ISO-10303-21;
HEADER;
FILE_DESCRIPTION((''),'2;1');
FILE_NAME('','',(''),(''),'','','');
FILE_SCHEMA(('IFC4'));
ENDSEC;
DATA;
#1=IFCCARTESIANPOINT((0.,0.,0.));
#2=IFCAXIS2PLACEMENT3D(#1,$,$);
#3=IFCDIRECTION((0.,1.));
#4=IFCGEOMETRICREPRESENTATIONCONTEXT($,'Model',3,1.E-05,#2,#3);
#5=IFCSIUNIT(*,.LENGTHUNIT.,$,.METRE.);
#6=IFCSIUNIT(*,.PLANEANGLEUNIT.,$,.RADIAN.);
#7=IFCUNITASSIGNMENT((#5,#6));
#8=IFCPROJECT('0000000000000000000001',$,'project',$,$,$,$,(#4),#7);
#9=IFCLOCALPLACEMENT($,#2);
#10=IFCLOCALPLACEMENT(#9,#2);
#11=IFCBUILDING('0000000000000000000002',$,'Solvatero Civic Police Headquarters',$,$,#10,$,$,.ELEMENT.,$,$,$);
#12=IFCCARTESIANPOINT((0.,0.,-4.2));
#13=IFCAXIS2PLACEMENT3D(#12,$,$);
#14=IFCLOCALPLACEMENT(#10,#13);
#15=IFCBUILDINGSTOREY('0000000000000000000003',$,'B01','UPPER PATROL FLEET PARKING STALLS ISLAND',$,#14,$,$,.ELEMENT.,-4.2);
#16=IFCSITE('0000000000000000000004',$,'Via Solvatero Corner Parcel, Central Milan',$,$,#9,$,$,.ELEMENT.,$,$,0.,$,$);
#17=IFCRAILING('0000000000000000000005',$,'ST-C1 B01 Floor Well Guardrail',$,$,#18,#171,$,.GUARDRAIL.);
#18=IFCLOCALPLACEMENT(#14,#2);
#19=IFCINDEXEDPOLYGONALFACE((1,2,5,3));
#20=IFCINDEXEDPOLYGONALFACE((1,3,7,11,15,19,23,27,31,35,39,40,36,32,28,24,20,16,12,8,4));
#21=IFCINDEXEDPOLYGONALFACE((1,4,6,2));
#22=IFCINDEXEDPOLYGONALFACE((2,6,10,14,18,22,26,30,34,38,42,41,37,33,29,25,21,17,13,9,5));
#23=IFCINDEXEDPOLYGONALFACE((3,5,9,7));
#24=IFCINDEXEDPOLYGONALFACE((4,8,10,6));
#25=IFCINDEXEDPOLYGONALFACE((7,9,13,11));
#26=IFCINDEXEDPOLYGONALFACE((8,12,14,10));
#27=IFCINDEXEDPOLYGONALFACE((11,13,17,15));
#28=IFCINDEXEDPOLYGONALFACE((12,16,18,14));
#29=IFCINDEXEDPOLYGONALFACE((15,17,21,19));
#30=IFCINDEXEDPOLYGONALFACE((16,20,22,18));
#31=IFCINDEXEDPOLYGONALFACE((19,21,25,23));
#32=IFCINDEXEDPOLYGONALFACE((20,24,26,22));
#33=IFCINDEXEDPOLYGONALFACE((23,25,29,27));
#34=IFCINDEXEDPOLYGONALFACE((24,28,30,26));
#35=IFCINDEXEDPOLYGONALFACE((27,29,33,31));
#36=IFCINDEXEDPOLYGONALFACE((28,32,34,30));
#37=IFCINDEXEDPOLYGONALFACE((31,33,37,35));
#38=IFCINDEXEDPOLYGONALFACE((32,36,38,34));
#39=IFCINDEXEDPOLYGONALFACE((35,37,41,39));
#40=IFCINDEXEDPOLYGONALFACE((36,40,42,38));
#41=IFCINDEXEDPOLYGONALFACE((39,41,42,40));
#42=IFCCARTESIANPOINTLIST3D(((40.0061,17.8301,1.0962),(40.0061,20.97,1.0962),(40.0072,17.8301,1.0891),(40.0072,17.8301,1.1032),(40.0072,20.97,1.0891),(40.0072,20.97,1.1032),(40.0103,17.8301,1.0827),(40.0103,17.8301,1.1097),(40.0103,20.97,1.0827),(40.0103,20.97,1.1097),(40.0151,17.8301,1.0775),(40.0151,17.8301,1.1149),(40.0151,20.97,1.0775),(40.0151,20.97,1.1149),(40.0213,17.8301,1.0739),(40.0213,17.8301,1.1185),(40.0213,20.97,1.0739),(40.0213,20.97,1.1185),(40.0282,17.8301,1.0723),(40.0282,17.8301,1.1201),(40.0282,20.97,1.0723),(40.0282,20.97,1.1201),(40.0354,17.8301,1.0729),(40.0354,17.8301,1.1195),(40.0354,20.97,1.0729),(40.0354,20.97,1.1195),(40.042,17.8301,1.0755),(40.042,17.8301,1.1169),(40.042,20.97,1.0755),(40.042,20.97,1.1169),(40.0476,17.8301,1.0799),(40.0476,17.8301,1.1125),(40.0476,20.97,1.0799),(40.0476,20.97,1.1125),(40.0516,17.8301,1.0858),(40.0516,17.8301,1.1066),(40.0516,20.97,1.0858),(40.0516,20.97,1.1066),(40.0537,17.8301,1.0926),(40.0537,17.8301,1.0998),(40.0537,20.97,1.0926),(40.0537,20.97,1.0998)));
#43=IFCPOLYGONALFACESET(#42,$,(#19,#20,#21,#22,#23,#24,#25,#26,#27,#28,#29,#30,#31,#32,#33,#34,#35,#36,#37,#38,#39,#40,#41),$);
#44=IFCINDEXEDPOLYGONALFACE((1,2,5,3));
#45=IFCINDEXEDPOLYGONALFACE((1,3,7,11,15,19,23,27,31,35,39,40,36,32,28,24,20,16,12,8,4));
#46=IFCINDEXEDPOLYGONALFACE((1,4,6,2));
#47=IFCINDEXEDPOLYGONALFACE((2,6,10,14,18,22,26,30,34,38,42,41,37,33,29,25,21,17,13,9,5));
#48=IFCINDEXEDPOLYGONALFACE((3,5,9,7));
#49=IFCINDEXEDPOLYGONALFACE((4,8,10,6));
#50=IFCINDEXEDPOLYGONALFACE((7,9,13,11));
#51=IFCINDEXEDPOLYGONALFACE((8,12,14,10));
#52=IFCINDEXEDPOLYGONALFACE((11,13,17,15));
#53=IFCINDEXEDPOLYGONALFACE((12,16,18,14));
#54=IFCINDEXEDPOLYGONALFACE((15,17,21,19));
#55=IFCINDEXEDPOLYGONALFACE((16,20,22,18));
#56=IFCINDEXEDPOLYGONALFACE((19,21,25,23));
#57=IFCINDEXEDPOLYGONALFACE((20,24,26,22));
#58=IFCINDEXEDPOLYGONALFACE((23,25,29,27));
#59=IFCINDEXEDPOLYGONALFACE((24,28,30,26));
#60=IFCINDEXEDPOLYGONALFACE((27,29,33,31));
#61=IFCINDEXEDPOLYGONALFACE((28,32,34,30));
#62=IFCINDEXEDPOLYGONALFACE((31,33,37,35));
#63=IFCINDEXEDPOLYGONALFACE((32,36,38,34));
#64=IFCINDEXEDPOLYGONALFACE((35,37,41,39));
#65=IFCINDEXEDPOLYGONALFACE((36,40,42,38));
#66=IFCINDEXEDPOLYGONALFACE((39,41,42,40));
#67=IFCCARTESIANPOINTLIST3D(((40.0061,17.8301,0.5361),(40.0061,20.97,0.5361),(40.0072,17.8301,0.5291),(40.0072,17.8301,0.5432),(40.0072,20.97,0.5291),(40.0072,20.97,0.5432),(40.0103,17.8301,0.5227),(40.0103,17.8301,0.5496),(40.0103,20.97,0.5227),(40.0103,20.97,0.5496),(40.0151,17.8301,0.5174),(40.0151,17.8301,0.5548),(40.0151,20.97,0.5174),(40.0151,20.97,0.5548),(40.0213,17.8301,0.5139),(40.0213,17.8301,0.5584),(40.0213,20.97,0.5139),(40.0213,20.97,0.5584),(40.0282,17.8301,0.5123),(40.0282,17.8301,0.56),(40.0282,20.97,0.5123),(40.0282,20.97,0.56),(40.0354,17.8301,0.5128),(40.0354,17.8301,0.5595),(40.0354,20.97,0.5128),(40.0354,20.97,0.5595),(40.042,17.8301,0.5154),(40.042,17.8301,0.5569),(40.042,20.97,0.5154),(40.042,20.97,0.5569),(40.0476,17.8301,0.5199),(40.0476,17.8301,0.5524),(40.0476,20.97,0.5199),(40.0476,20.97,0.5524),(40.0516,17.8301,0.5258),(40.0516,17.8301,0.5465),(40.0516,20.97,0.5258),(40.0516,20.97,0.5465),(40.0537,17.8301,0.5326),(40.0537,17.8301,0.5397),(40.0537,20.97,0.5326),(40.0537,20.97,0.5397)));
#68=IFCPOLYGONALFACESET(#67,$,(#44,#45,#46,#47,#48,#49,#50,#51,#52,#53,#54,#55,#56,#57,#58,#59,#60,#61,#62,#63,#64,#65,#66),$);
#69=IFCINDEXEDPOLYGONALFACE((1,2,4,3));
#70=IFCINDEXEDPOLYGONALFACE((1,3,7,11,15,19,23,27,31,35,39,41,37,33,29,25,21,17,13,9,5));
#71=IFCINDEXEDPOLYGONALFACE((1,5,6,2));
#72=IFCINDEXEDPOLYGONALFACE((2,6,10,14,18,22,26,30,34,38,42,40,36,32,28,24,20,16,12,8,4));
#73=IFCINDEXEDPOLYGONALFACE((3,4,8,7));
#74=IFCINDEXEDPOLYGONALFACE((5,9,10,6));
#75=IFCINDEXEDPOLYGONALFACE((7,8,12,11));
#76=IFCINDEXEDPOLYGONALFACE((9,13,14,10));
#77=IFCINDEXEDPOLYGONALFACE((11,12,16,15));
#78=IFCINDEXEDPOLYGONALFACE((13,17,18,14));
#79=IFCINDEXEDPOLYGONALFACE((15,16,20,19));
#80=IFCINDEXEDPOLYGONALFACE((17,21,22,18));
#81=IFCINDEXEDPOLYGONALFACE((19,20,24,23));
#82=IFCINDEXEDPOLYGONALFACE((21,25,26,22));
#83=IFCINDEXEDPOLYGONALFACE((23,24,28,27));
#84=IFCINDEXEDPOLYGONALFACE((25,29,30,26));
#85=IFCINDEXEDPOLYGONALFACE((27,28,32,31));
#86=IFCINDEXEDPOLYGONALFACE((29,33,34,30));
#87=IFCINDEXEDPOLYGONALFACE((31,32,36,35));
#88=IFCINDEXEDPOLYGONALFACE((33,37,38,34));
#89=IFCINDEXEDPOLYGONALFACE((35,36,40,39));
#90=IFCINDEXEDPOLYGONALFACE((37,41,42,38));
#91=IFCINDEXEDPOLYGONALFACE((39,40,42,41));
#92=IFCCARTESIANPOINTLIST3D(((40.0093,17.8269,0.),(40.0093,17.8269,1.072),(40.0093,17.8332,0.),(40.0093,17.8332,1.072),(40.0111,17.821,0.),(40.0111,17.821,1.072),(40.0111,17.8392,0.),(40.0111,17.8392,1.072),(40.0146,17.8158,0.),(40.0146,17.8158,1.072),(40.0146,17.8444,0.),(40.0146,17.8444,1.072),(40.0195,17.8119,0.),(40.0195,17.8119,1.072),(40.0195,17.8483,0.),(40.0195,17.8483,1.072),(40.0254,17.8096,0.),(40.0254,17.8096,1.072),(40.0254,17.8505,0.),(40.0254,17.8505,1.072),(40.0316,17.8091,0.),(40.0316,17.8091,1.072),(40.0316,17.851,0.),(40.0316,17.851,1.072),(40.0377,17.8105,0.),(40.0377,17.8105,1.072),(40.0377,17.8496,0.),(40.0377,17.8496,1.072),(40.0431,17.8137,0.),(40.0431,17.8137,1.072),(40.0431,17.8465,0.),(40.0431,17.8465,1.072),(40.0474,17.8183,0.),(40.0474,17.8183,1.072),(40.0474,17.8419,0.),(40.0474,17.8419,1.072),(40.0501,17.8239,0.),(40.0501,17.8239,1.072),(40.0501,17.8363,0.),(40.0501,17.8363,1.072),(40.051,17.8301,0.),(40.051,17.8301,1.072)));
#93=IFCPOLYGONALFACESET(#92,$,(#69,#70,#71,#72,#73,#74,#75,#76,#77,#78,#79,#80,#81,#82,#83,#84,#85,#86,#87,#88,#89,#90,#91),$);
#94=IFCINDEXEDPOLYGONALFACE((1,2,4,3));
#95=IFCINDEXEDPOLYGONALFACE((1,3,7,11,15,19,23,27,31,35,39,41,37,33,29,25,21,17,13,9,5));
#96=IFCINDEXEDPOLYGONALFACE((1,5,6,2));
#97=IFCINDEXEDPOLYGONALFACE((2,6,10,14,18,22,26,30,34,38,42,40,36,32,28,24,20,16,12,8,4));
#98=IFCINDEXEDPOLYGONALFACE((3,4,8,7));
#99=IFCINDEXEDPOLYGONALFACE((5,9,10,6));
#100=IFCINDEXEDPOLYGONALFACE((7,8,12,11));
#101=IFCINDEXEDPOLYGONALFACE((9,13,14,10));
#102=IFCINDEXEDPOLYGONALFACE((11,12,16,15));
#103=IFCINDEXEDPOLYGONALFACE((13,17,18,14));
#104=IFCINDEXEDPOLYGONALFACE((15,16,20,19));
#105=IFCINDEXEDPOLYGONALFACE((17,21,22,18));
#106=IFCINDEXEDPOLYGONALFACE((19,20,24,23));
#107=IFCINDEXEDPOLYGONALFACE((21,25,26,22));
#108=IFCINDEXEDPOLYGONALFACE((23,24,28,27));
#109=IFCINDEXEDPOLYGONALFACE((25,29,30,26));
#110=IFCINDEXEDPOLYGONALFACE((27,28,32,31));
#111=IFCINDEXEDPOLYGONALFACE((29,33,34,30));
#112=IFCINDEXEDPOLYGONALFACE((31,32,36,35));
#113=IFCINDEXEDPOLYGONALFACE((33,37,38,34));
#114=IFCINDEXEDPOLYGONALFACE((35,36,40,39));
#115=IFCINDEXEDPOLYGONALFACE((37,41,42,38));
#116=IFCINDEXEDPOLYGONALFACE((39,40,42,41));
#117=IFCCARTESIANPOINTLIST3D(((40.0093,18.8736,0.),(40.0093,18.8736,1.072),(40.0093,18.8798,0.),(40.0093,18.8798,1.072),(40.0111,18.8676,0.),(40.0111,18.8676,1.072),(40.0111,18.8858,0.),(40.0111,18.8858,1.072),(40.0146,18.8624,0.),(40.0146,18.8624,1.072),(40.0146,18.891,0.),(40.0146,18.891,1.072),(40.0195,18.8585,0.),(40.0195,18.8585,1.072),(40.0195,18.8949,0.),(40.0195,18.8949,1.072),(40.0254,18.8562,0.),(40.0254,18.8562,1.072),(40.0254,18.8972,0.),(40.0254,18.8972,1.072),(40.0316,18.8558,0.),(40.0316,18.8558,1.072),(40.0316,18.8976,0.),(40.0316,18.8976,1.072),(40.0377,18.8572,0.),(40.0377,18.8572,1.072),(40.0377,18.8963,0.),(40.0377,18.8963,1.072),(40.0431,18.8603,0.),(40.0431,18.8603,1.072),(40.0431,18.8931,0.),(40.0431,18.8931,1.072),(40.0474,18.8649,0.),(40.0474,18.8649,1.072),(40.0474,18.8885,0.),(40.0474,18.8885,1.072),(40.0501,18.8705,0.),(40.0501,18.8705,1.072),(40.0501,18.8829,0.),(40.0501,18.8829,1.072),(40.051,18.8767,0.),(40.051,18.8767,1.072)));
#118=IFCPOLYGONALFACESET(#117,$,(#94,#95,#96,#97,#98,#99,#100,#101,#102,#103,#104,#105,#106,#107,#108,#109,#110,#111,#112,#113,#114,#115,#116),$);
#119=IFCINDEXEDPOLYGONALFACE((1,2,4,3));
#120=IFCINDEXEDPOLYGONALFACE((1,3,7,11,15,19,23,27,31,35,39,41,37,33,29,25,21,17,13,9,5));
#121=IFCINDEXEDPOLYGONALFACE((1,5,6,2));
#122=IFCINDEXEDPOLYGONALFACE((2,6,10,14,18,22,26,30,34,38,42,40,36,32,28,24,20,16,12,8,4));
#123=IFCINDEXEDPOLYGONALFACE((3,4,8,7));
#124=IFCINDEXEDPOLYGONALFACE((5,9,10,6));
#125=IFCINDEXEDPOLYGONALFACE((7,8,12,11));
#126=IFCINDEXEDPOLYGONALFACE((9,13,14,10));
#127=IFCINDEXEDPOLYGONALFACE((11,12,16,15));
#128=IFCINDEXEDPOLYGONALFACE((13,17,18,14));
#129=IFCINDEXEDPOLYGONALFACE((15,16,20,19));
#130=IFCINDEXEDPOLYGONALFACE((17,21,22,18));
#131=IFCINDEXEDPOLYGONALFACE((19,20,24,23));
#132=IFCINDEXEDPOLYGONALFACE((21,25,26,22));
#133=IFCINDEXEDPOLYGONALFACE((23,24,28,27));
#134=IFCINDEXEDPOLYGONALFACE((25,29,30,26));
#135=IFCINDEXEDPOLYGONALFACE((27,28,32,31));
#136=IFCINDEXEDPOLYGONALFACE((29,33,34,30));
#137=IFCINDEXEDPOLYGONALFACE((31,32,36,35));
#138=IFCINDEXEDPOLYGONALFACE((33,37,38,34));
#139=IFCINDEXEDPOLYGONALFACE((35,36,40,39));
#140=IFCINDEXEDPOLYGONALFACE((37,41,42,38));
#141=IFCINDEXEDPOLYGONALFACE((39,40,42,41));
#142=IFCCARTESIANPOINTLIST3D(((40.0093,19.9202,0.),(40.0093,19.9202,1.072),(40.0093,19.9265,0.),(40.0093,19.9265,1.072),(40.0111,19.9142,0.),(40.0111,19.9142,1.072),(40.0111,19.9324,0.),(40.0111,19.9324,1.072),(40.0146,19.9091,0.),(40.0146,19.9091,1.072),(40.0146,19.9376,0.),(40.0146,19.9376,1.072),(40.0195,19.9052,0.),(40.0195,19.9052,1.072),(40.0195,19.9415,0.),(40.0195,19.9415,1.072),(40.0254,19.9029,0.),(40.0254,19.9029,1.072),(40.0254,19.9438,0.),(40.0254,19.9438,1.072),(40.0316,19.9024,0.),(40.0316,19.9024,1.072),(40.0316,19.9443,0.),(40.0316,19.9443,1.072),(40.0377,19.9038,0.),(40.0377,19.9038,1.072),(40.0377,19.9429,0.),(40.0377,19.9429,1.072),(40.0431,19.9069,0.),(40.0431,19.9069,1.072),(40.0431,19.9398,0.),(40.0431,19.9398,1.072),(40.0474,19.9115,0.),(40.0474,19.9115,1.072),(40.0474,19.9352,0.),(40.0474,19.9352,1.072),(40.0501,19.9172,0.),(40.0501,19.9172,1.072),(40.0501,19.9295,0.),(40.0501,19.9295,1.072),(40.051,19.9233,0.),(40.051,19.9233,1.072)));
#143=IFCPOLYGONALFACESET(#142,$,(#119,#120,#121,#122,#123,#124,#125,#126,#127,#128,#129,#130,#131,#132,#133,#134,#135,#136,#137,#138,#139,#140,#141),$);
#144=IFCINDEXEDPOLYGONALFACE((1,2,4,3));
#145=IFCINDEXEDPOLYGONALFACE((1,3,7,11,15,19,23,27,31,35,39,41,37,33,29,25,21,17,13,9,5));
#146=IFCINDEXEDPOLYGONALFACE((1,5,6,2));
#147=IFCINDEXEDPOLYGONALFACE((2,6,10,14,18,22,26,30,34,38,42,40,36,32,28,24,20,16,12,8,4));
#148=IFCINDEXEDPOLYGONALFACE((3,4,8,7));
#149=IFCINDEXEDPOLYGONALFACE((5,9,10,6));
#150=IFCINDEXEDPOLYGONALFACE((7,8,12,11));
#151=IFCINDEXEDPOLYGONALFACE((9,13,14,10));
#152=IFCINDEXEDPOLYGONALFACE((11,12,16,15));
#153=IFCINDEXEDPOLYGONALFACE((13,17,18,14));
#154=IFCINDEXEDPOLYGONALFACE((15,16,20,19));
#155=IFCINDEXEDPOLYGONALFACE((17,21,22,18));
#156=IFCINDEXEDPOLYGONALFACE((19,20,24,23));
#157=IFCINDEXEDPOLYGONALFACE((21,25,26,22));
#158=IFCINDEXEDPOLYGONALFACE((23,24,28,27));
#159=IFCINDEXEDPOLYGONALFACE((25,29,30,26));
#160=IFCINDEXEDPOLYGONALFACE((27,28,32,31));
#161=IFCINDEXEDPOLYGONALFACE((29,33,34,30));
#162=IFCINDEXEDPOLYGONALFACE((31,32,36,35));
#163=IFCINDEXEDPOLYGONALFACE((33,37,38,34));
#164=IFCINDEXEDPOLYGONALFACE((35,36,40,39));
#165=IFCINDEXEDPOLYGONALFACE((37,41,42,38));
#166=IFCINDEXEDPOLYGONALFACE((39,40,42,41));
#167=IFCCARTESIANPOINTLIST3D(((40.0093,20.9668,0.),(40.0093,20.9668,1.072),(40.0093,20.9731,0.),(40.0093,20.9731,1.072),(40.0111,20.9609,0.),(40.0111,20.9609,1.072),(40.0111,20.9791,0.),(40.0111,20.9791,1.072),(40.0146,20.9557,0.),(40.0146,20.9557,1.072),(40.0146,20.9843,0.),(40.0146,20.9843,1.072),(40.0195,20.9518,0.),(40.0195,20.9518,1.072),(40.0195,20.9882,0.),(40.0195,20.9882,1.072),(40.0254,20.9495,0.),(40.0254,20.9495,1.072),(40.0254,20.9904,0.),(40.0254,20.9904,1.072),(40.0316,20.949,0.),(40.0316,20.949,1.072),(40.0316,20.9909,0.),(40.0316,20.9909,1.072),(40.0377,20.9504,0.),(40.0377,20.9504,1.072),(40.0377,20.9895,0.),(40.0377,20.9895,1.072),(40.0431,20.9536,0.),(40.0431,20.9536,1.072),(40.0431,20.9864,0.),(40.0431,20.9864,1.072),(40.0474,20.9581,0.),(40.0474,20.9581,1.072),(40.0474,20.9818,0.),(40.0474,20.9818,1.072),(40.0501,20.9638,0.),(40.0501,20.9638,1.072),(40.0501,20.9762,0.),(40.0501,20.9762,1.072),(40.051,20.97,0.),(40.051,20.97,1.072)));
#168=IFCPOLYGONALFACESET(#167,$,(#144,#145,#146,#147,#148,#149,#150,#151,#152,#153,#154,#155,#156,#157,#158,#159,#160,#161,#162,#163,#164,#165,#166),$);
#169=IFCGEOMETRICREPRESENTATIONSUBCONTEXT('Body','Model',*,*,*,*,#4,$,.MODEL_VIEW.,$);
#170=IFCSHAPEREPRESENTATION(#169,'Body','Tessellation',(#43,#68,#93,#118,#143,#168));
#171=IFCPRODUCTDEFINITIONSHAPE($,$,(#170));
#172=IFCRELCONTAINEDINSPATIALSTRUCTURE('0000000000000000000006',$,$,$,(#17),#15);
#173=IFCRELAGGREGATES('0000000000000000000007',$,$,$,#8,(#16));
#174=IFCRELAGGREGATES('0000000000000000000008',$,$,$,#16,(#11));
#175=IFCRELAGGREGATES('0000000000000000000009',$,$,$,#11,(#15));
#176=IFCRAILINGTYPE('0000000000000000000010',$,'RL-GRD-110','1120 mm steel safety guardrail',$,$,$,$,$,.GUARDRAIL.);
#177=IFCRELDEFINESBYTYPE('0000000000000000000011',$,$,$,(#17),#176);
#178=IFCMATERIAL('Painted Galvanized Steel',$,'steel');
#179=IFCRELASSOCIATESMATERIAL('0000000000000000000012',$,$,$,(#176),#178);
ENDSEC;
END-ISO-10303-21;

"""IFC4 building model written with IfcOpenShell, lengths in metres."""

from ifc_helpers import new_model, si_unit, direction, frame, origin, origin_2d, place, context, subcontext, project, spatial, circle, extrude, material, type_object, element, save


model = new_model("IFC4")

# Units and contexts
model_context = context("Model", 3, precision=1e-05, world=origin(), true_north=direction((0.0, 1.0)))
body_context = subcontext(model_context, "Body", "Model", "MODEL_VIEW")
ifc_project = project(units=[si_unit("LENGTHUNIT", "METRE"), si_unit("PLANEANGLEUNIT", "RADIAN")], contexts=[model_context])

# Site, building, storey
site_placement = place(None, origin())
site = spatial("IfcSite", under=ifc_project, at=site_placement, Name="Via Solvatero Corner Parcel, Central Milan", CompositionType="ELEMENT", RefElevation=0.0)
building_placement = place(site_placement, origin())
building = spatial("IfcBuilding", under=site, at=building_placement, Name="Solvatero Civic Police Headquarters", CompositionType="ELEMENT")
storey_placement = place(building_placement, frame((0.0, 0.0, -4.2)))
storey = spatial("IfcBuildingStorey", under=building, at=storey_placement, Name="B01", Description="UPPER PATROL FLEET PARKING STALLS ISLAND", CompositionType="ELEMENT", Elevation=-4.2)

# Railing
ifc_material_1 = material(Name="Painted Galvanized Steel", Category="steel")
railing_type_1 = type_object("IfcRailingType", Name="RL-GRD-110", Description="1120 mm steel safety guardrail", PredefinedType="GUARDRAIL", material=ifc_material_1)
railing_1_placement = place(storey_placement, frame((40.03, 17.8301, 0.0)))
element("IfcRailing", 1, at=railing_1_placement, inside=storey, type_object=railing_type_1, Name="ST-C1 B01 Floor Well Guardrail", PredefinedType="GUARDRAIL", context=body_context, shape_type="SweptSolid", body=[
    extrude(circle(Radius=0.0239, at=origin_2d()), frame((0.0, 0.0, 1.0962), z_axis=(0.0, 1.0, 0.0), x_axis=(-1.0, 0.0, 0.0)), (0.0, 0.0, 1.0), 3.1399),
    extrude(circle(Radius=0.0239, at=origin_2d()), frame((0.0, 0.0, 0.5361), z_axis=(0.0, 1.0, 0.0), x_axis=(-1.0, 0.0, 0.0)), (0.0, 0.0, 1.0), 3.1399),
    extrude(circle(Radius=0.021, at=origin_2d()), origin(), (0.0, 0.0, 1.0), 1.072),
    extrude(circle(Radius=0.021, at=origin_2d()), frame((0.0, 1.0466, 0.0)), (0.0, 0.0, 1.0), 1.072),
    extrude(circle(Radius=0.021, at=origin_2d()), frame((0.0, 2.0933, 0.0)), (0.0, 0.0, 1.0), 1.072),
    extrude(circle(Radius=0.021, at=origin_2d()), frame((0.0, 3.1399, 0.0)), (0.0, 0.0, 1.0), 1.072),
])

save(model, "model.ifc")
